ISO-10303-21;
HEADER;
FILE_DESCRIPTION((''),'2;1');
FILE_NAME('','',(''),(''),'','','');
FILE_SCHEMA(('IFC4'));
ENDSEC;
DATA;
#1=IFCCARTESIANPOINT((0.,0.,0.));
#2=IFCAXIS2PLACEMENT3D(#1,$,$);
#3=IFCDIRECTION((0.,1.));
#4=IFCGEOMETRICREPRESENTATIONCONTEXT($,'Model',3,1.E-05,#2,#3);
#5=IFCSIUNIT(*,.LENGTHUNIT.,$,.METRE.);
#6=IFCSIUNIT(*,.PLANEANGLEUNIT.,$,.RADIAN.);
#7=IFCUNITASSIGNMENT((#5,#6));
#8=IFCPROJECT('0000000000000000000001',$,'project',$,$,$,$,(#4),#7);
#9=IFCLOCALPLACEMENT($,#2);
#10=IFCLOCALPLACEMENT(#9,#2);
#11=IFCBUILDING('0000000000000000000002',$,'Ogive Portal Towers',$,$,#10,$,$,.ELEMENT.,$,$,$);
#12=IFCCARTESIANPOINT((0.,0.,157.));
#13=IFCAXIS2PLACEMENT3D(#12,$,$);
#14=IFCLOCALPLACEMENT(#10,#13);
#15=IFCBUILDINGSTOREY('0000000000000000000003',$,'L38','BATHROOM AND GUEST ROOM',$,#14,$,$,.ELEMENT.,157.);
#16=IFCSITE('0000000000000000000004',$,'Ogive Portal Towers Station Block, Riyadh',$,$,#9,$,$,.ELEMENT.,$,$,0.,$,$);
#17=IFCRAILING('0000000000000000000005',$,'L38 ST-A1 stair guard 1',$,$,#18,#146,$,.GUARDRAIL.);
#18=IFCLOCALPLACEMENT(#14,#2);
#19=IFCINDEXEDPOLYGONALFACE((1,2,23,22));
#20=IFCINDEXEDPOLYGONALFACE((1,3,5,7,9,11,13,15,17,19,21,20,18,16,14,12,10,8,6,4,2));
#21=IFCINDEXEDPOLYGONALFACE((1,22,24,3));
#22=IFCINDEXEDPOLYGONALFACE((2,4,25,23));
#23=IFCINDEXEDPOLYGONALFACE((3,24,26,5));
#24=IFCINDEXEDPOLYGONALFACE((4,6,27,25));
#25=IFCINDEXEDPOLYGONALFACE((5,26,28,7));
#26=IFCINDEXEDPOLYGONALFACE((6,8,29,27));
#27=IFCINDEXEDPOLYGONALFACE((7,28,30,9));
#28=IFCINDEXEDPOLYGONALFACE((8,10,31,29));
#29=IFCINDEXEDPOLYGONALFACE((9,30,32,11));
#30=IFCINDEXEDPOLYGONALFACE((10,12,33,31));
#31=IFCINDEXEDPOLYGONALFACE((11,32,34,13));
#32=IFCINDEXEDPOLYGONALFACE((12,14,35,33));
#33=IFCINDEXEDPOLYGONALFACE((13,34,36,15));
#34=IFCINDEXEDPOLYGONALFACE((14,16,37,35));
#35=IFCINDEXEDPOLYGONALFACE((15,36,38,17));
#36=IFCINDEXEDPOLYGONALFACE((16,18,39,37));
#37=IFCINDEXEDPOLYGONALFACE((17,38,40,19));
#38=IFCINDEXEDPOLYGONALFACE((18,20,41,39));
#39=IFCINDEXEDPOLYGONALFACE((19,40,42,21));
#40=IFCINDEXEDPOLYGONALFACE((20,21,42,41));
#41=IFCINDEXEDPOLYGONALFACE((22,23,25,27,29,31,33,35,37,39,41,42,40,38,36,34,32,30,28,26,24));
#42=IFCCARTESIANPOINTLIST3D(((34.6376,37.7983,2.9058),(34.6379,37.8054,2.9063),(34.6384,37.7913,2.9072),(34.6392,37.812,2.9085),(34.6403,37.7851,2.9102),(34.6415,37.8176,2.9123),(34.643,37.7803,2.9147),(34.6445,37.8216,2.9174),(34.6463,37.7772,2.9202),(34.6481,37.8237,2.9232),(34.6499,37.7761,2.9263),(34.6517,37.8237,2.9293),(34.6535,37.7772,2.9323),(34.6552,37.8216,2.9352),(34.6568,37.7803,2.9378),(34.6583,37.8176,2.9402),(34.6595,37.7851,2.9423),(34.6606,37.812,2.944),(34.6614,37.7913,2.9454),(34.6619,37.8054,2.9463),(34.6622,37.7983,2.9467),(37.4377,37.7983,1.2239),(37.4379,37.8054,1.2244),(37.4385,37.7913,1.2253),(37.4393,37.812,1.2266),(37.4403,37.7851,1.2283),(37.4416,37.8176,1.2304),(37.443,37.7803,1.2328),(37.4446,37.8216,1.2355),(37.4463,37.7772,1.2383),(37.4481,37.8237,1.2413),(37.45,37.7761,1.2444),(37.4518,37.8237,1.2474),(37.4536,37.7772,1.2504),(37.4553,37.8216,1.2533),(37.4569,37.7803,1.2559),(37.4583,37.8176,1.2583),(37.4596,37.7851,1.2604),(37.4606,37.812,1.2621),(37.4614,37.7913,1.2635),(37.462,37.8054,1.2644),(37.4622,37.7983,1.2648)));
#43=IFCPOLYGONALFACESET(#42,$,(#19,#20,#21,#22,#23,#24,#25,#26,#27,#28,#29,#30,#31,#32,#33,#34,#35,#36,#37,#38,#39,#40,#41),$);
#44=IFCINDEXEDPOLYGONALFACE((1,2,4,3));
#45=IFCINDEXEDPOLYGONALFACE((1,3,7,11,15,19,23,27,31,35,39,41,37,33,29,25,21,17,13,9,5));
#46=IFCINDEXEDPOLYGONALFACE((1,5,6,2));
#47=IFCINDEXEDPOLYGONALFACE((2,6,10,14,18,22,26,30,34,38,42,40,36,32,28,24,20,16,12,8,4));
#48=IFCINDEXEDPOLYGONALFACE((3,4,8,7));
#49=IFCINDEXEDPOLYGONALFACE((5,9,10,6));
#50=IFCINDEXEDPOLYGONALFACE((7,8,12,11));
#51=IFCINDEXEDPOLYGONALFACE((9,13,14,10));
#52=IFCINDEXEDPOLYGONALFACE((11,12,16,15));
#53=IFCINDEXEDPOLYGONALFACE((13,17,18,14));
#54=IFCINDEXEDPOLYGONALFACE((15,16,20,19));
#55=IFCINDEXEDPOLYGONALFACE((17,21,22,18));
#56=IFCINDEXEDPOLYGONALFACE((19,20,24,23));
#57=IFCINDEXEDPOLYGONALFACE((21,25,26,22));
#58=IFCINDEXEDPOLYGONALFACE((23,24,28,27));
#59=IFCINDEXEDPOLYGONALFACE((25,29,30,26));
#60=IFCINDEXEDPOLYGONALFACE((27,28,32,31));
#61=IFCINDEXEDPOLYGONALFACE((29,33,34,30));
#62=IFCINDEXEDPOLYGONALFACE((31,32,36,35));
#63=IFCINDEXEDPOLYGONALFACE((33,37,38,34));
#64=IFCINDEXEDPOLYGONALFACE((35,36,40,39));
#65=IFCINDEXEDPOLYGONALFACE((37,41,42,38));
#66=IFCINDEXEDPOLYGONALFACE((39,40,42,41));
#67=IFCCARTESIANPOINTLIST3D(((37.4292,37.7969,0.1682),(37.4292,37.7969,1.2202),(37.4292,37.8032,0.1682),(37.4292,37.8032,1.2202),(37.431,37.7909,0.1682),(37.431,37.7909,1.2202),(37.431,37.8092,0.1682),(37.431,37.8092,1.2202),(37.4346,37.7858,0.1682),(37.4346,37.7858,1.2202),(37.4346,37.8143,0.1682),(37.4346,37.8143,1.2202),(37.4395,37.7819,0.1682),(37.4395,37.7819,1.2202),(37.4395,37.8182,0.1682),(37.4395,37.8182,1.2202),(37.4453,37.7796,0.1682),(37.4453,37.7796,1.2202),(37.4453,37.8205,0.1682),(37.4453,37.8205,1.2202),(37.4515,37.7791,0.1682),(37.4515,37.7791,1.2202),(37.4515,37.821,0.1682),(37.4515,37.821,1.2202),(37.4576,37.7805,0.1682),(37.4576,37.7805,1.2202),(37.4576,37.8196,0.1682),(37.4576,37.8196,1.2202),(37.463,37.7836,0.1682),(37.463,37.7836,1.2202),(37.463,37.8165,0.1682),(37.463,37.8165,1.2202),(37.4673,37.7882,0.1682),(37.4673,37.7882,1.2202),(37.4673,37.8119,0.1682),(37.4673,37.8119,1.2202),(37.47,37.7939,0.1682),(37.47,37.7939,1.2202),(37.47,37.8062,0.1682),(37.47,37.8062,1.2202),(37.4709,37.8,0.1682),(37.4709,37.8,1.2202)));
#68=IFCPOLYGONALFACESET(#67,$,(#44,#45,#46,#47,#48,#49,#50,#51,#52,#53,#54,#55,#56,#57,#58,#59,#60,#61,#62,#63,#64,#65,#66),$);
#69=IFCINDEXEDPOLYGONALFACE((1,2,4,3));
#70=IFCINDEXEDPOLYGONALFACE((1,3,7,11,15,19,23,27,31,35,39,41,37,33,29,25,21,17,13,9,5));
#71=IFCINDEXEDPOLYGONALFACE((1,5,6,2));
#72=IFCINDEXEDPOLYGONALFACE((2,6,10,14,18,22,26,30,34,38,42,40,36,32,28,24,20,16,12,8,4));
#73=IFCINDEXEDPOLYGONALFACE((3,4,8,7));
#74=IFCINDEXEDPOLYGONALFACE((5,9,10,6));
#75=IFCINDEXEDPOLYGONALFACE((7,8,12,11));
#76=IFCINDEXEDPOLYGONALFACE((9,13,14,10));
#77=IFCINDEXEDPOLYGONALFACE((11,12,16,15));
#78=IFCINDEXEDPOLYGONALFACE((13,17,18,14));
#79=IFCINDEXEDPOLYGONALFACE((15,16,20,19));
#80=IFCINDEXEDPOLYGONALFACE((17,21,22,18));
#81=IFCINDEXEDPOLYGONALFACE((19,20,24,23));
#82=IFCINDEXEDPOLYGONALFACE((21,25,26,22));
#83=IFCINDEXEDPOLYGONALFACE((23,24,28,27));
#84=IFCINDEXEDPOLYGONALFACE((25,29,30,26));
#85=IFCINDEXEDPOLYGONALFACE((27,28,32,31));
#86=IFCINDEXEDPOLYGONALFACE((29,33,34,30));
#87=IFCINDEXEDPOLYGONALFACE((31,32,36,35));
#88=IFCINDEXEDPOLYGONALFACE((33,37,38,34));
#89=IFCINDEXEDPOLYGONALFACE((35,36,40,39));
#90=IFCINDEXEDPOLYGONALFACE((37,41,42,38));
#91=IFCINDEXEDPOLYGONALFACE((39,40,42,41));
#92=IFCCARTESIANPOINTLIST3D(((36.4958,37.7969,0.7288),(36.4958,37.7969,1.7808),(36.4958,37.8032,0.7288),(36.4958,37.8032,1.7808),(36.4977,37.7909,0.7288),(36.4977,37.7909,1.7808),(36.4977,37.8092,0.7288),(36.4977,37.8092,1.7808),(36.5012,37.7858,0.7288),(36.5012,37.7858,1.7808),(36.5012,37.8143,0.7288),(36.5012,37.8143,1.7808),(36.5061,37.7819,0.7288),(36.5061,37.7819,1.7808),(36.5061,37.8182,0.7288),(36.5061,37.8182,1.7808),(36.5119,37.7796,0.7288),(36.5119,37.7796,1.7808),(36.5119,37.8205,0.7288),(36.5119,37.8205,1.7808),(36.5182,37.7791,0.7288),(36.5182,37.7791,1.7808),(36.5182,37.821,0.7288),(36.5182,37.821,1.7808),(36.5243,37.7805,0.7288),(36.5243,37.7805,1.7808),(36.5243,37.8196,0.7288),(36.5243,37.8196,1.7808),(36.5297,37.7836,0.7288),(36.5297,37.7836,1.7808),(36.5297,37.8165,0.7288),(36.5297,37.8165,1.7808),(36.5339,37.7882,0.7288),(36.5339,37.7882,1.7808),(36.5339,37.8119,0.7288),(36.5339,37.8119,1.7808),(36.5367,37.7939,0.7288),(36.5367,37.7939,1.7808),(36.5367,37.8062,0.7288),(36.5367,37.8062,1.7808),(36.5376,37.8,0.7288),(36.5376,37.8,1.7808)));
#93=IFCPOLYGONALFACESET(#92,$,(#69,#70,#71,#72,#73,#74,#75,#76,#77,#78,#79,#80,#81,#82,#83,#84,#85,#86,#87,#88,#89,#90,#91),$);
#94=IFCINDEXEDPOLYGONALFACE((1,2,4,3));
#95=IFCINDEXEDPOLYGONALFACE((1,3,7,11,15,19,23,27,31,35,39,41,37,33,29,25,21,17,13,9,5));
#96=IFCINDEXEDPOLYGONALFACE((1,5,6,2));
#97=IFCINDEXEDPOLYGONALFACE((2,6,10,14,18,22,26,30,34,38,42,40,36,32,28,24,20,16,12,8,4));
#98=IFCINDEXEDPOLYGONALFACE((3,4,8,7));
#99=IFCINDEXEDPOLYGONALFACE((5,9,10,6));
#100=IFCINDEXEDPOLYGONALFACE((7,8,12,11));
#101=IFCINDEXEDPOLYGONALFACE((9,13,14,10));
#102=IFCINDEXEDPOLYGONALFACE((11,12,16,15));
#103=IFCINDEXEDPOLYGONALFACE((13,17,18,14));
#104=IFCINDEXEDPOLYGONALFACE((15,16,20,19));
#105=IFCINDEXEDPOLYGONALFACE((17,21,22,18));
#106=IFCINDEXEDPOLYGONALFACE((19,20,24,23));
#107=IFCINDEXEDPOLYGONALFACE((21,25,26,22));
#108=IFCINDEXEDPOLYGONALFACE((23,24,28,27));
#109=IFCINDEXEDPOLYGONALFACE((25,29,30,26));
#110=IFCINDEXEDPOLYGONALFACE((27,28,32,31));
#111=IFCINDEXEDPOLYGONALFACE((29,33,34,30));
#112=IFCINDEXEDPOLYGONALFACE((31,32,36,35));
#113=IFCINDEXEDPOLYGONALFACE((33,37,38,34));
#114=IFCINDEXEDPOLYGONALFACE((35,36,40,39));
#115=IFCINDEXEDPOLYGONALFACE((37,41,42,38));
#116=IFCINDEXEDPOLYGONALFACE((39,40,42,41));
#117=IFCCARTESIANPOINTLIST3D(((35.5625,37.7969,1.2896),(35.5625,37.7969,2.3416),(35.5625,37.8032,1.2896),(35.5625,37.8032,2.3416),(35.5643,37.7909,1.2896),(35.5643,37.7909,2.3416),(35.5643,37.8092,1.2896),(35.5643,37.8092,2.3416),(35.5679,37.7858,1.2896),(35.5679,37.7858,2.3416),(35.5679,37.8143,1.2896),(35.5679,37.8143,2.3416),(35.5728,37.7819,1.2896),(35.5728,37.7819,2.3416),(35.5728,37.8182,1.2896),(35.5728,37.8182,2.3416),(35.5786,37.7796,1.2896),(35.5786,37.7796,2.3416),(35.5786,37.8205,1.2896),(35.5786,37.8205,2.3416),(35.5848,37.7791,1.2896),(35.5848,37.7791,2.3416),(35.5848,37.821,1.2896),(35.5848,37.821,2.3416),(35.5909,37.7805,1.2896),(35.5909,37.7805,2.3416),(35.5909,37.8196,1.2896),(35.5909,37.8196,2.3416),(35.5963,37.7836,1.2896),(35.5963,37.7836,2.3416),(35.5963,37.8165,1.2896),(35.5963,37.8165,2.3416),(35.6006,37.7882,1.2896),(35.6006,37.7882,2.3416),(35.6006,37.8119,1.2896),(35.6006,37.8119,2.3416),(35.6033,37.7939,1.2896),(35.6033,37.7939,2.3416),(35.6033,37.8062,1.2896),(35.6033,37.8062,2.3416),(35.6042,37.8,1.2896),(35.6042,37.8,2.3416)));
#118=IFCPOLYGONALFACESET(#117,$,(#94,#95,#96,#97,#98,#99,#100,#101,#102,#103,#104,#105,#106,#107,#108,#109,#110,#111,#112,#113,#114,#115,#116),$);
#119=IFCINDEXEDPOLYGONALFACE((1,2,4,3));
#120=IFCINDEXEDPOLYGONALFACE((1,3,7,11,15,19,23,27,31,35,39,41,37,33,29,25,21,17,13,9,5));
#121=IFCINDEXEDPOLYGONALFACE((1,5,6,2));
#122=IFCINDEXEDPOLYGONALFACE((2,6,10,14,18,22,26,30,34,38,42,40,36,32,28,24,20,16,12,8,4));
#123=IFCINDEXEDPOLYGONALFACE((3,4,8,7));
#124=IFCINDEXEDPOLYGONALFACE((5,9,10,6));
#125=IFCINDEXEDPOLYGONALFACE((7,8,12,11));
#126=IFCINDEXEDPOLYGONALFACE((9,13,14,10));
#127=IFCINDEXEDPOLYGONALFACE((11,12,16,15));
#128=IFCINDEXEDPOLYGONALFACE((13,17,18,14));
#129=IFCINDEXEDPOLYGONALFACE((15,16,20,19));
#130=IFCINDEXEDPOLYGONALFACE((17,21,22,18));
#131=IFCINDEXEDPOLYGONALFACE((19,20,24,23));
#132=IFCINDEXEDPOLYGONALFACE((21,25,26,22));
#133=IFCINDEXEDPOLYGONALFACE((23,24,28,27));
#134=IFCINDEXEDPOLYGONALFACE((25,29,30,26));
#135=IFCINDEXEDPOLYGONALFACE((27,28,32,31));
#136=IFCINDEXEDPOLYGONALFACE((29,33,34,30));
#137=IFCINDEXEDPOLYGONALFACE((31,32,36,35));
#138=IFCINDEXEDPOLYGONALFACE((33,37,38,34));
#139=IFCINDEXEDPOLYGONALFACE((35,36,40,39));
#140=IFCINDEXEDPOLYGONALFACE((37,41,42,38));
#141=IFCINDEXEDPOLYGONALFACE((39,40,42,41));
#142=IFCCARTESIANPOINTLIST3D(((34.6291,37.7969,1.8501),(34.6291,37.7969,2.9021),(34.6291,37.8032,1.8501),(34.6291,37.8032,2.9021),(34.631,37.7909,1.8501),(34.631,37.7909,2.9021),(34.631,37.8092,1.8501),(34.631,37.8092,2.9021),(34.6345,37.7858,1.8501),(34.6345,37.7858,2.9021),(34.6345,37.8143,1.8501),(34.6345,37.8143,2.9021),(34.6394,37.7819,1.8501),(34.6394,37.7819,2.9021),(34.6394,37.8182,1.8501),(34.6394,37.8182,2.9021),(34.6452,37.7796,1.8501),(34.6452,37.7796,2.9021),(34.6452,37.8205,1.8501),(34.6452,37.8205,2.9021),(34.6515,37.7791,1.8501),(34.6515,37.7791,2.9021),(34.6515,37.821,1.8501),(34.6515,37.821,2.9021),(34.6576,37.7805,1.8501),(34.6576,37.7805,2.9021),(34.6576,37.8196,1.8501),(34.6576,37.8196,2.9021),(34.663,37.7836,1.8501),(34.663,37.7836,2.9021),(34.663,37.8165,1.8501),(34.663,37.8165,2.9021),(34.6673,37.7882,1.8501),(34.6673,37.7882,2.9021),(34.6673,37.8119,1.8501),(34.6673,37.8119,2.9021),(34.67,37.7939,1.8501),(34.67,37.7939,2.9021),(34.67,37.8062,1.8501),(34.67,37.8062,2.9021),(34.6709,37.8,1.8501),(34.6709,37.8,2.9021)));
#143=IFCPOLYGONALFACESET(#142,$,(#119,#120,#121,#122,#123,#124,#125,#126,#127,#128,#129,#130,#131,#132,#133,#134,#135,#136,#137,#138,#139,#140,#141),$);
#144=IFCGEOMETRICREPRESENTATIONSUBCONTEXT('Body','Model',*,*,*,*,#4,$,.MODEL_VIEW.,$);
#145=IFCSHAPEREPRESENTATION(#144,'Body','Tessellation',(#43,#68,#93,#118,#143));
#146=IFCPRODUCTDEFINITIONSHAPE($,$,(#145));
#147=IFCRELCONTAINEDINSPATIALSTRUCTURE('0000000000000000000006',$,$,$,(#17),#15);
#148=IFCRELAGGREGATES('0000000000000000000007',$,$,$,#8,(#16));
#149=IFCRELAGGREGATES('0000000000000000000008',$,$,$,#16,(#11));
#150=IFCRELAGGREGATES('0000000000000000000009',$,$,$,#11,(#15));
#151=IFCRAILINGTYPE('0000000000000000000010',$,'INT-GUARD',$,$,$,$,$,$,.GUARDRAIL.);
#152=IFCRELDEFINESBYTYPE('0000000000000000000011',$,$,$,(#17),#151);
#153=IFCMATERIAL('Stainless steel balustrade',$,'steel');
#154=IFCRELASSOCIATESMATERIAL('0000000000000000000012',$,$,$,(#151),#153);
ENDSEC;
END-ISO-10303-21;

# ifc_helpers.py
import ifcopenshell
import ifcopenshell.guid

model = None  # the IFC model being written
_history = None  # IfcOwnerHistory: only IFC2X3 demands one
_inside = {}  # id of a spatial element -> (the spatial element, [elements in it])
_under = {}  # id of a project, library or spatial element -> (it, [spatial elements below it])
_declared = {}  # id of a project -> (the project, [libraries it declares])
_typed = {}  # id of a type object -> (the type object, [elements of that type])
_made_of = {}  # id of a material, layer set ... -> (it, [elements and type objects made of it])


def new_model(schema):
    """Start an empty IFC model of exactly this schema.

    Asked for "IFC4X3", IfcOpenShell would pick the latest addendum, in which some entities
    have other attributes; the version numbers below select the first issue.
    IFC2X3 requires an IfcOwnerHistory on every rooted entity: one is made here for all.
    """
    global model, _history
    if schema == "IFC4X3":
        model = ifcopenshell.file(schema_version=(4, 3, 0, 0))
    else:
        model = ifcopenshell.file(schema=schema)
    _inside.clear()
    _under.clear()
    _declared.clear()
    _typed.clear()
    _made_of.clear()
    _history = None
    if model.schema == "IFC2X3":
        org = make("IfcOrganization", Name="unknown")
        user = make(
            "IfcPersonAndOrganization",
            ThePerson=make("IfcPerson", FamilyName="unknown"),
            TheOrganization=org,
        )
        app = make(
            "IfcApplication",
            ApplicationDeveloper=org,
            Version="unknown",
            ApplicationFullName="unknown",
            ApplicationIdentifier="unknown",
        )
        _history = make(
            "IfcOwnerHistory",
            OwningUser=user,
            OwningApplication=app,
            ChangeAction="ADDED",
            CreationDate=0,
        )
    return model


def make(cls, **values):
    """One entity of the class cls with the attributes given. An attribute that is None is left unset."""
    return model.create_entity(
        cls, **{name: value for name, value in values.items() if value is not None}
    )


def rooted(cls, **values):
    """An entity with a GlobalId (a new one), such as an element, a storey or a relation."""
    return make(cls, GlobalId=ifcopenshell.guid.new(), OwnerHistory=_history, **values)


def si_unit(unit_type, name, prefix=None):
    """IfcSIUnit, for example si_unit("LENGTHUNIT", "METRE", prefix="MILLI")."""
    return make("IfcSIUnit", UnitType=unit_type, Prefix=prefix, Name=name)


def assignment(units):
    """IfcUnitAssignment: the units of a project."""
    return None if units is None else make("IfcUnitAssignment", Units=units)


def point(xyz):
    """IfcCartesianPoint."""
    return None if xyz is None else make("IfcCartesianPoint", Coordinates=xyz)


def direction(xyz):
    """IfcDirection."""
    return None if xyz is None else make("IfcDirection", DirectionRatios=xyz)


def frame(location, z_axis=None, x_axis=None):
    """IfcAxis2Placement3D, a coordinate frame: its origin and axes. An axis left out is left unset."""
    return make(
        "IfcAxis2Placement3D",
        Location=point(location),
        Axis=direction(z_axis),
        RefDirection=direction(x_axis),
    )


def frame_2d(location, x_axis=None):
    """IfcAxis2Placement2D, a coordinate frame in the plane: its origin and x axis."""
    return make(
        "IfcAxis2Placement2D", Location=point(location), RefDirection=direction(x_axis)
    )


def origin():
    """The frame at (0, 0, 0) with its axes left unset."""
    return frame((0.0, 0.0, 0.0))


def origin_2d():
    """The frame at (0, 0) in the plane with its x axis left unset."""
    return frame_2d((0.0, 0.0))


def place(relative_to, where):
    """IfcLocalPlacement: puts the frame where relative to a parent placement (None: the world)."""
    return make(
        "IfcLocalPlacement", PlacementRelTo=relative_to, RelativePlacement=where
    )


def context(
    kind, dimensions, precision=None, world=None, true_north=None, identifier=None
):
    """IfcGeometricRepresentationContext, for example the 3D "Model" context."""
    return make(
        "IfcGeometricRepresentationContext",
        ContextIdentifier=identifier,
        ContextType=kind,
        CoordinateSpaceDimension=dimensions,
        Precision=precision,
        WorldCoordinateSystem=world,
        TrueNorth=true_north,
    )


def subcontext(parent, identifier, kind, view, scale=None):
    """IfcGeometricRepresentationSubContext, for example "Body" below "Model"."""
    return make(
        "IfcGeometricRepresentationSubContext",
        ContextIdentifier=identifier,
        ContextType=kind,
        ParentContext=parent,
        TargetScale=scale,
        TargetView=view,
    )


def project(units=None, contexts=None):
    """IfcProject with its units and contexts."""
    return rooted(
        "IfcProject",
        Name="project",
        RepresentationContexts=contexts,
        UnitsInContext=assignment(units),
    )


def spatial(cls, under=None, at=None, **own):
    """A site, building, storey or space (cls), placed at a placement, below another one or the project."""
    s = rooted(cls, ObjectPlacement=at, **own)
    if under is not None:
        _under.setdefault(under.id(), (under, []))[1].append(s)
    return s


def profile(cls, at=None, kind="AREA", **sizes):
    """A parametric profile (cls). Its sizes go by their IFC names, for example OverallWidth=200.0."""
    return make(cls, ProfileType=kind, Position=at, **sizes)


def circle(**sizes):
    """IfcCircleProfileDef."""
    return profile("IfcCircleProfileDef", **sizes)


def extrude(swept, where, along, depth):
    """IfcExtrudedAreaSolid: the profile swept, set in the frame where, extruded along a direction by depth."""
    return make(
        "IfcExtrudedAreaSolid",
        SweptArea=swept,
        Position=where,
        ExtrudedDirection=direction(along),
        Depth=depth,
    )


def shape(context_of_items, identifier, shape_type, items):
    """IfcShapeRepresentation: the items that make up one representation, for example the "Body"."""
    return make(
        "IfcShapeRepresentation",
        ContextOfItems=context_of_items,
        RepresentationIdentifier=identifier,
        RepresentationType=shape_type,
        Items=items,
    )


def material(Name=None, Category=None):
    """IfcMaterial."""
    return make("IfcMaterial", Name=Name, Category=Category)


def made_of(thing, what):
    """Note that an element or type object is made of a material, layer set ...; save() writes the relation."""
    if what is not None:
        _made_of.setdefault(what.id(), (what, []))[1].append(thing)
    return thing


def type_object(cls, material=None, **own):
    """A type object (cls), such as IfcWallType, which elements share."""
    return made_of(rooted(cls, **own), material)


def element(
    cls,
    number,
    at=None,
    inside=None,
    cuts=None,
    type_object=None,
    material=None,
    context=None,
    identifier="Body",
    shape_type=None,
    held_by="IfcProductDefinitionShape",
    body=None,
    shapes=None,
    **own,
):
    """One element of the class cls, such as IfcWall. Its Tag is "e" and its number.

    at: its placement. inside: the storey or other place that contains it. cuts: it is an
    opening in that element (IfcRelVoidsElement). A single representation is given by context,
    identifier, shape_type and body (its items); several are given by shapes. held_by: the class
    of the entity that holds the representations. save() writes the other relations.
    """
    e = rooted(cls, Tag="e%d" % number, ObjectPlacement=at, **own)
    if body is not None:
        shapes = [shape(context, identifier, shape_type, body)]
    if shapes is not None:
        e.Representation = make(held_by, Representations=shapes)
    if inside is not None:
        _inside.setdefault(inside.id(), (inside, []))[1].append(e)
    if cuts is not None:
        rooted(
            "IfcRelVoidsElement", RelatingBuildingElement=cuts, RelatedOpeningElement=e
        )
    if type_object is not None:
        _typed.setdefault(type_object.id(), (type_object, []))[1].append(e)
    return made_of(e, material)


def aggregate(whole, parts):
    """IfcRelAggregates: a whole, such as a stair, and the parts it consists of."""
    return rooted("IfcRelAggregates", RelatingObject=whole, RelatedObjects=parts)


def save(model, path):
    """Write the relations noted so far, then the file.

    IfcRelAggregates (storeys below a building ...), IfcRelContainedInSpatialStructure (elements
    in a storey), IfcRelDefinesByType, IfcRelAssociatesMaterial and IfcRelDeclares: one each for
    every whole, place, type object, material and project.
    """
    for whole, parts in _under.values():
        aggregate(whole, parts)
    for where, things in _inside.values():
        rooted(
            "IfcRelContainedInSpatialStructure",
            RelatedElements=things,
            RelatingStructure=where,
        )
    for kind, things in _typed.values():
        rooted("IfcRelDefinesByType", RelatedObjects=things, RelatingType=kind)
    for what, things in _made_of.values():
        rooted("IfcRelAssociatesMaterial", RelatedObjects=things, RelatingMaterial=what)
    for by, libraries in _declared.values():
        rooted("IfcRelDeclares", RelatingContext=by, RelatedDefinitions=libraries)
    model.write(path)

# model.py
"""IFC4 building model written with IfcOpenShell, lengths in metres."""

from ifc_helpers import new_model, si_unit, direction, frame, origin, origin_2d, place, context, subcontext, project, spatial, circle, extrude, material, type_object, element, save


model = new_model("IFC4")

# Units and contexts
model_context = context("Model", 3, precision=1e-05, world=origin(), true_north=direction((0.0, 1.0)))
body_context = subcontext(model_context, "Body", "Model", "MODEL_VIEW")
ifc_project = project(units=[si_unit("LENGTHUNIT", "METRE"), si_unit("PLANEANGLEUNIT", "RADIAN")], contexts=[model_context])

# Site, building, storey
site_placement = place(None, origin())
site = spatial("IfcSite", under=ifc_project, at=site_placement, Name="Ogive Portal Towers Station Block, Riyadh", CompositionType="ELEMENT", RefElevation=0.0)
building_placement = place(site_placement, origin())
building = spatial("IfcBuilding", under=site, at=building_placement, Name="Ogive Portal Towers", CompositionType="ELEMENT")
storey_placement = place(building_placement, frame((0.0, 0.0, 157.0)))
storey = spatial("IfcBuildingStorey", under=building, at=storey_placement, Name="L38", Description="BATHROOM AND GUEST ROOM", CompositionType="ELEMENT", Elevation=157.0)

# Railing
ifc_material_1 = material(Name="Stainless steel balustrade", Category="steel")
railing_type_1 = type_object("IfcRailingType", Name="INT-GUARD", PredefinedType="GUARDRAIL", material=ifc_material_1)
railing_1_placement = place(storey_placement, frame((37.45, 37.8, 0.1682)))
element("IfcRailing", 1, at=railing_1_placement, inside=storey, type_object=railing_type_1, Name="L38 ST-A1 stair guard 1", PredefinedType="GUARDRAIL", context=body_context, shape_type="SweptSolid", body=[
    extrude(circle(Radius=0.0239, at=origin_2d()), frame((0.0, 0.0, 1.0762), z_axis=(-0.857242, 0.0, 0.514913), x_axis=(0.0, -1.0, 0.0)), (0.0, 0.0, 1.0), 3.2664),
    extrude(circle(Radius=0.021, at=origin_2d()), origin(), (0.0, 0.0, 1.0), 1.052),
    extrude(circle(Radius=0.021, at=origin_2d()), frame((-0.9333, 0.0, 0.5605)), (0.0, 0.0, 1.0), 1.052),
    extrude(circle(Radius=0.021, at=origin_2d()), frame((-1.8667, 0.0, 1.1213)), (0.0, 0.0, 1.0), 1.052),
    extrude(circle(Radius=0.021, at=origin_2d()), frame((-2.8, 0.0, 1.6819)), (0.0, 0.0, 1.0), 1.052),
])

save(model, "model.ifc")
